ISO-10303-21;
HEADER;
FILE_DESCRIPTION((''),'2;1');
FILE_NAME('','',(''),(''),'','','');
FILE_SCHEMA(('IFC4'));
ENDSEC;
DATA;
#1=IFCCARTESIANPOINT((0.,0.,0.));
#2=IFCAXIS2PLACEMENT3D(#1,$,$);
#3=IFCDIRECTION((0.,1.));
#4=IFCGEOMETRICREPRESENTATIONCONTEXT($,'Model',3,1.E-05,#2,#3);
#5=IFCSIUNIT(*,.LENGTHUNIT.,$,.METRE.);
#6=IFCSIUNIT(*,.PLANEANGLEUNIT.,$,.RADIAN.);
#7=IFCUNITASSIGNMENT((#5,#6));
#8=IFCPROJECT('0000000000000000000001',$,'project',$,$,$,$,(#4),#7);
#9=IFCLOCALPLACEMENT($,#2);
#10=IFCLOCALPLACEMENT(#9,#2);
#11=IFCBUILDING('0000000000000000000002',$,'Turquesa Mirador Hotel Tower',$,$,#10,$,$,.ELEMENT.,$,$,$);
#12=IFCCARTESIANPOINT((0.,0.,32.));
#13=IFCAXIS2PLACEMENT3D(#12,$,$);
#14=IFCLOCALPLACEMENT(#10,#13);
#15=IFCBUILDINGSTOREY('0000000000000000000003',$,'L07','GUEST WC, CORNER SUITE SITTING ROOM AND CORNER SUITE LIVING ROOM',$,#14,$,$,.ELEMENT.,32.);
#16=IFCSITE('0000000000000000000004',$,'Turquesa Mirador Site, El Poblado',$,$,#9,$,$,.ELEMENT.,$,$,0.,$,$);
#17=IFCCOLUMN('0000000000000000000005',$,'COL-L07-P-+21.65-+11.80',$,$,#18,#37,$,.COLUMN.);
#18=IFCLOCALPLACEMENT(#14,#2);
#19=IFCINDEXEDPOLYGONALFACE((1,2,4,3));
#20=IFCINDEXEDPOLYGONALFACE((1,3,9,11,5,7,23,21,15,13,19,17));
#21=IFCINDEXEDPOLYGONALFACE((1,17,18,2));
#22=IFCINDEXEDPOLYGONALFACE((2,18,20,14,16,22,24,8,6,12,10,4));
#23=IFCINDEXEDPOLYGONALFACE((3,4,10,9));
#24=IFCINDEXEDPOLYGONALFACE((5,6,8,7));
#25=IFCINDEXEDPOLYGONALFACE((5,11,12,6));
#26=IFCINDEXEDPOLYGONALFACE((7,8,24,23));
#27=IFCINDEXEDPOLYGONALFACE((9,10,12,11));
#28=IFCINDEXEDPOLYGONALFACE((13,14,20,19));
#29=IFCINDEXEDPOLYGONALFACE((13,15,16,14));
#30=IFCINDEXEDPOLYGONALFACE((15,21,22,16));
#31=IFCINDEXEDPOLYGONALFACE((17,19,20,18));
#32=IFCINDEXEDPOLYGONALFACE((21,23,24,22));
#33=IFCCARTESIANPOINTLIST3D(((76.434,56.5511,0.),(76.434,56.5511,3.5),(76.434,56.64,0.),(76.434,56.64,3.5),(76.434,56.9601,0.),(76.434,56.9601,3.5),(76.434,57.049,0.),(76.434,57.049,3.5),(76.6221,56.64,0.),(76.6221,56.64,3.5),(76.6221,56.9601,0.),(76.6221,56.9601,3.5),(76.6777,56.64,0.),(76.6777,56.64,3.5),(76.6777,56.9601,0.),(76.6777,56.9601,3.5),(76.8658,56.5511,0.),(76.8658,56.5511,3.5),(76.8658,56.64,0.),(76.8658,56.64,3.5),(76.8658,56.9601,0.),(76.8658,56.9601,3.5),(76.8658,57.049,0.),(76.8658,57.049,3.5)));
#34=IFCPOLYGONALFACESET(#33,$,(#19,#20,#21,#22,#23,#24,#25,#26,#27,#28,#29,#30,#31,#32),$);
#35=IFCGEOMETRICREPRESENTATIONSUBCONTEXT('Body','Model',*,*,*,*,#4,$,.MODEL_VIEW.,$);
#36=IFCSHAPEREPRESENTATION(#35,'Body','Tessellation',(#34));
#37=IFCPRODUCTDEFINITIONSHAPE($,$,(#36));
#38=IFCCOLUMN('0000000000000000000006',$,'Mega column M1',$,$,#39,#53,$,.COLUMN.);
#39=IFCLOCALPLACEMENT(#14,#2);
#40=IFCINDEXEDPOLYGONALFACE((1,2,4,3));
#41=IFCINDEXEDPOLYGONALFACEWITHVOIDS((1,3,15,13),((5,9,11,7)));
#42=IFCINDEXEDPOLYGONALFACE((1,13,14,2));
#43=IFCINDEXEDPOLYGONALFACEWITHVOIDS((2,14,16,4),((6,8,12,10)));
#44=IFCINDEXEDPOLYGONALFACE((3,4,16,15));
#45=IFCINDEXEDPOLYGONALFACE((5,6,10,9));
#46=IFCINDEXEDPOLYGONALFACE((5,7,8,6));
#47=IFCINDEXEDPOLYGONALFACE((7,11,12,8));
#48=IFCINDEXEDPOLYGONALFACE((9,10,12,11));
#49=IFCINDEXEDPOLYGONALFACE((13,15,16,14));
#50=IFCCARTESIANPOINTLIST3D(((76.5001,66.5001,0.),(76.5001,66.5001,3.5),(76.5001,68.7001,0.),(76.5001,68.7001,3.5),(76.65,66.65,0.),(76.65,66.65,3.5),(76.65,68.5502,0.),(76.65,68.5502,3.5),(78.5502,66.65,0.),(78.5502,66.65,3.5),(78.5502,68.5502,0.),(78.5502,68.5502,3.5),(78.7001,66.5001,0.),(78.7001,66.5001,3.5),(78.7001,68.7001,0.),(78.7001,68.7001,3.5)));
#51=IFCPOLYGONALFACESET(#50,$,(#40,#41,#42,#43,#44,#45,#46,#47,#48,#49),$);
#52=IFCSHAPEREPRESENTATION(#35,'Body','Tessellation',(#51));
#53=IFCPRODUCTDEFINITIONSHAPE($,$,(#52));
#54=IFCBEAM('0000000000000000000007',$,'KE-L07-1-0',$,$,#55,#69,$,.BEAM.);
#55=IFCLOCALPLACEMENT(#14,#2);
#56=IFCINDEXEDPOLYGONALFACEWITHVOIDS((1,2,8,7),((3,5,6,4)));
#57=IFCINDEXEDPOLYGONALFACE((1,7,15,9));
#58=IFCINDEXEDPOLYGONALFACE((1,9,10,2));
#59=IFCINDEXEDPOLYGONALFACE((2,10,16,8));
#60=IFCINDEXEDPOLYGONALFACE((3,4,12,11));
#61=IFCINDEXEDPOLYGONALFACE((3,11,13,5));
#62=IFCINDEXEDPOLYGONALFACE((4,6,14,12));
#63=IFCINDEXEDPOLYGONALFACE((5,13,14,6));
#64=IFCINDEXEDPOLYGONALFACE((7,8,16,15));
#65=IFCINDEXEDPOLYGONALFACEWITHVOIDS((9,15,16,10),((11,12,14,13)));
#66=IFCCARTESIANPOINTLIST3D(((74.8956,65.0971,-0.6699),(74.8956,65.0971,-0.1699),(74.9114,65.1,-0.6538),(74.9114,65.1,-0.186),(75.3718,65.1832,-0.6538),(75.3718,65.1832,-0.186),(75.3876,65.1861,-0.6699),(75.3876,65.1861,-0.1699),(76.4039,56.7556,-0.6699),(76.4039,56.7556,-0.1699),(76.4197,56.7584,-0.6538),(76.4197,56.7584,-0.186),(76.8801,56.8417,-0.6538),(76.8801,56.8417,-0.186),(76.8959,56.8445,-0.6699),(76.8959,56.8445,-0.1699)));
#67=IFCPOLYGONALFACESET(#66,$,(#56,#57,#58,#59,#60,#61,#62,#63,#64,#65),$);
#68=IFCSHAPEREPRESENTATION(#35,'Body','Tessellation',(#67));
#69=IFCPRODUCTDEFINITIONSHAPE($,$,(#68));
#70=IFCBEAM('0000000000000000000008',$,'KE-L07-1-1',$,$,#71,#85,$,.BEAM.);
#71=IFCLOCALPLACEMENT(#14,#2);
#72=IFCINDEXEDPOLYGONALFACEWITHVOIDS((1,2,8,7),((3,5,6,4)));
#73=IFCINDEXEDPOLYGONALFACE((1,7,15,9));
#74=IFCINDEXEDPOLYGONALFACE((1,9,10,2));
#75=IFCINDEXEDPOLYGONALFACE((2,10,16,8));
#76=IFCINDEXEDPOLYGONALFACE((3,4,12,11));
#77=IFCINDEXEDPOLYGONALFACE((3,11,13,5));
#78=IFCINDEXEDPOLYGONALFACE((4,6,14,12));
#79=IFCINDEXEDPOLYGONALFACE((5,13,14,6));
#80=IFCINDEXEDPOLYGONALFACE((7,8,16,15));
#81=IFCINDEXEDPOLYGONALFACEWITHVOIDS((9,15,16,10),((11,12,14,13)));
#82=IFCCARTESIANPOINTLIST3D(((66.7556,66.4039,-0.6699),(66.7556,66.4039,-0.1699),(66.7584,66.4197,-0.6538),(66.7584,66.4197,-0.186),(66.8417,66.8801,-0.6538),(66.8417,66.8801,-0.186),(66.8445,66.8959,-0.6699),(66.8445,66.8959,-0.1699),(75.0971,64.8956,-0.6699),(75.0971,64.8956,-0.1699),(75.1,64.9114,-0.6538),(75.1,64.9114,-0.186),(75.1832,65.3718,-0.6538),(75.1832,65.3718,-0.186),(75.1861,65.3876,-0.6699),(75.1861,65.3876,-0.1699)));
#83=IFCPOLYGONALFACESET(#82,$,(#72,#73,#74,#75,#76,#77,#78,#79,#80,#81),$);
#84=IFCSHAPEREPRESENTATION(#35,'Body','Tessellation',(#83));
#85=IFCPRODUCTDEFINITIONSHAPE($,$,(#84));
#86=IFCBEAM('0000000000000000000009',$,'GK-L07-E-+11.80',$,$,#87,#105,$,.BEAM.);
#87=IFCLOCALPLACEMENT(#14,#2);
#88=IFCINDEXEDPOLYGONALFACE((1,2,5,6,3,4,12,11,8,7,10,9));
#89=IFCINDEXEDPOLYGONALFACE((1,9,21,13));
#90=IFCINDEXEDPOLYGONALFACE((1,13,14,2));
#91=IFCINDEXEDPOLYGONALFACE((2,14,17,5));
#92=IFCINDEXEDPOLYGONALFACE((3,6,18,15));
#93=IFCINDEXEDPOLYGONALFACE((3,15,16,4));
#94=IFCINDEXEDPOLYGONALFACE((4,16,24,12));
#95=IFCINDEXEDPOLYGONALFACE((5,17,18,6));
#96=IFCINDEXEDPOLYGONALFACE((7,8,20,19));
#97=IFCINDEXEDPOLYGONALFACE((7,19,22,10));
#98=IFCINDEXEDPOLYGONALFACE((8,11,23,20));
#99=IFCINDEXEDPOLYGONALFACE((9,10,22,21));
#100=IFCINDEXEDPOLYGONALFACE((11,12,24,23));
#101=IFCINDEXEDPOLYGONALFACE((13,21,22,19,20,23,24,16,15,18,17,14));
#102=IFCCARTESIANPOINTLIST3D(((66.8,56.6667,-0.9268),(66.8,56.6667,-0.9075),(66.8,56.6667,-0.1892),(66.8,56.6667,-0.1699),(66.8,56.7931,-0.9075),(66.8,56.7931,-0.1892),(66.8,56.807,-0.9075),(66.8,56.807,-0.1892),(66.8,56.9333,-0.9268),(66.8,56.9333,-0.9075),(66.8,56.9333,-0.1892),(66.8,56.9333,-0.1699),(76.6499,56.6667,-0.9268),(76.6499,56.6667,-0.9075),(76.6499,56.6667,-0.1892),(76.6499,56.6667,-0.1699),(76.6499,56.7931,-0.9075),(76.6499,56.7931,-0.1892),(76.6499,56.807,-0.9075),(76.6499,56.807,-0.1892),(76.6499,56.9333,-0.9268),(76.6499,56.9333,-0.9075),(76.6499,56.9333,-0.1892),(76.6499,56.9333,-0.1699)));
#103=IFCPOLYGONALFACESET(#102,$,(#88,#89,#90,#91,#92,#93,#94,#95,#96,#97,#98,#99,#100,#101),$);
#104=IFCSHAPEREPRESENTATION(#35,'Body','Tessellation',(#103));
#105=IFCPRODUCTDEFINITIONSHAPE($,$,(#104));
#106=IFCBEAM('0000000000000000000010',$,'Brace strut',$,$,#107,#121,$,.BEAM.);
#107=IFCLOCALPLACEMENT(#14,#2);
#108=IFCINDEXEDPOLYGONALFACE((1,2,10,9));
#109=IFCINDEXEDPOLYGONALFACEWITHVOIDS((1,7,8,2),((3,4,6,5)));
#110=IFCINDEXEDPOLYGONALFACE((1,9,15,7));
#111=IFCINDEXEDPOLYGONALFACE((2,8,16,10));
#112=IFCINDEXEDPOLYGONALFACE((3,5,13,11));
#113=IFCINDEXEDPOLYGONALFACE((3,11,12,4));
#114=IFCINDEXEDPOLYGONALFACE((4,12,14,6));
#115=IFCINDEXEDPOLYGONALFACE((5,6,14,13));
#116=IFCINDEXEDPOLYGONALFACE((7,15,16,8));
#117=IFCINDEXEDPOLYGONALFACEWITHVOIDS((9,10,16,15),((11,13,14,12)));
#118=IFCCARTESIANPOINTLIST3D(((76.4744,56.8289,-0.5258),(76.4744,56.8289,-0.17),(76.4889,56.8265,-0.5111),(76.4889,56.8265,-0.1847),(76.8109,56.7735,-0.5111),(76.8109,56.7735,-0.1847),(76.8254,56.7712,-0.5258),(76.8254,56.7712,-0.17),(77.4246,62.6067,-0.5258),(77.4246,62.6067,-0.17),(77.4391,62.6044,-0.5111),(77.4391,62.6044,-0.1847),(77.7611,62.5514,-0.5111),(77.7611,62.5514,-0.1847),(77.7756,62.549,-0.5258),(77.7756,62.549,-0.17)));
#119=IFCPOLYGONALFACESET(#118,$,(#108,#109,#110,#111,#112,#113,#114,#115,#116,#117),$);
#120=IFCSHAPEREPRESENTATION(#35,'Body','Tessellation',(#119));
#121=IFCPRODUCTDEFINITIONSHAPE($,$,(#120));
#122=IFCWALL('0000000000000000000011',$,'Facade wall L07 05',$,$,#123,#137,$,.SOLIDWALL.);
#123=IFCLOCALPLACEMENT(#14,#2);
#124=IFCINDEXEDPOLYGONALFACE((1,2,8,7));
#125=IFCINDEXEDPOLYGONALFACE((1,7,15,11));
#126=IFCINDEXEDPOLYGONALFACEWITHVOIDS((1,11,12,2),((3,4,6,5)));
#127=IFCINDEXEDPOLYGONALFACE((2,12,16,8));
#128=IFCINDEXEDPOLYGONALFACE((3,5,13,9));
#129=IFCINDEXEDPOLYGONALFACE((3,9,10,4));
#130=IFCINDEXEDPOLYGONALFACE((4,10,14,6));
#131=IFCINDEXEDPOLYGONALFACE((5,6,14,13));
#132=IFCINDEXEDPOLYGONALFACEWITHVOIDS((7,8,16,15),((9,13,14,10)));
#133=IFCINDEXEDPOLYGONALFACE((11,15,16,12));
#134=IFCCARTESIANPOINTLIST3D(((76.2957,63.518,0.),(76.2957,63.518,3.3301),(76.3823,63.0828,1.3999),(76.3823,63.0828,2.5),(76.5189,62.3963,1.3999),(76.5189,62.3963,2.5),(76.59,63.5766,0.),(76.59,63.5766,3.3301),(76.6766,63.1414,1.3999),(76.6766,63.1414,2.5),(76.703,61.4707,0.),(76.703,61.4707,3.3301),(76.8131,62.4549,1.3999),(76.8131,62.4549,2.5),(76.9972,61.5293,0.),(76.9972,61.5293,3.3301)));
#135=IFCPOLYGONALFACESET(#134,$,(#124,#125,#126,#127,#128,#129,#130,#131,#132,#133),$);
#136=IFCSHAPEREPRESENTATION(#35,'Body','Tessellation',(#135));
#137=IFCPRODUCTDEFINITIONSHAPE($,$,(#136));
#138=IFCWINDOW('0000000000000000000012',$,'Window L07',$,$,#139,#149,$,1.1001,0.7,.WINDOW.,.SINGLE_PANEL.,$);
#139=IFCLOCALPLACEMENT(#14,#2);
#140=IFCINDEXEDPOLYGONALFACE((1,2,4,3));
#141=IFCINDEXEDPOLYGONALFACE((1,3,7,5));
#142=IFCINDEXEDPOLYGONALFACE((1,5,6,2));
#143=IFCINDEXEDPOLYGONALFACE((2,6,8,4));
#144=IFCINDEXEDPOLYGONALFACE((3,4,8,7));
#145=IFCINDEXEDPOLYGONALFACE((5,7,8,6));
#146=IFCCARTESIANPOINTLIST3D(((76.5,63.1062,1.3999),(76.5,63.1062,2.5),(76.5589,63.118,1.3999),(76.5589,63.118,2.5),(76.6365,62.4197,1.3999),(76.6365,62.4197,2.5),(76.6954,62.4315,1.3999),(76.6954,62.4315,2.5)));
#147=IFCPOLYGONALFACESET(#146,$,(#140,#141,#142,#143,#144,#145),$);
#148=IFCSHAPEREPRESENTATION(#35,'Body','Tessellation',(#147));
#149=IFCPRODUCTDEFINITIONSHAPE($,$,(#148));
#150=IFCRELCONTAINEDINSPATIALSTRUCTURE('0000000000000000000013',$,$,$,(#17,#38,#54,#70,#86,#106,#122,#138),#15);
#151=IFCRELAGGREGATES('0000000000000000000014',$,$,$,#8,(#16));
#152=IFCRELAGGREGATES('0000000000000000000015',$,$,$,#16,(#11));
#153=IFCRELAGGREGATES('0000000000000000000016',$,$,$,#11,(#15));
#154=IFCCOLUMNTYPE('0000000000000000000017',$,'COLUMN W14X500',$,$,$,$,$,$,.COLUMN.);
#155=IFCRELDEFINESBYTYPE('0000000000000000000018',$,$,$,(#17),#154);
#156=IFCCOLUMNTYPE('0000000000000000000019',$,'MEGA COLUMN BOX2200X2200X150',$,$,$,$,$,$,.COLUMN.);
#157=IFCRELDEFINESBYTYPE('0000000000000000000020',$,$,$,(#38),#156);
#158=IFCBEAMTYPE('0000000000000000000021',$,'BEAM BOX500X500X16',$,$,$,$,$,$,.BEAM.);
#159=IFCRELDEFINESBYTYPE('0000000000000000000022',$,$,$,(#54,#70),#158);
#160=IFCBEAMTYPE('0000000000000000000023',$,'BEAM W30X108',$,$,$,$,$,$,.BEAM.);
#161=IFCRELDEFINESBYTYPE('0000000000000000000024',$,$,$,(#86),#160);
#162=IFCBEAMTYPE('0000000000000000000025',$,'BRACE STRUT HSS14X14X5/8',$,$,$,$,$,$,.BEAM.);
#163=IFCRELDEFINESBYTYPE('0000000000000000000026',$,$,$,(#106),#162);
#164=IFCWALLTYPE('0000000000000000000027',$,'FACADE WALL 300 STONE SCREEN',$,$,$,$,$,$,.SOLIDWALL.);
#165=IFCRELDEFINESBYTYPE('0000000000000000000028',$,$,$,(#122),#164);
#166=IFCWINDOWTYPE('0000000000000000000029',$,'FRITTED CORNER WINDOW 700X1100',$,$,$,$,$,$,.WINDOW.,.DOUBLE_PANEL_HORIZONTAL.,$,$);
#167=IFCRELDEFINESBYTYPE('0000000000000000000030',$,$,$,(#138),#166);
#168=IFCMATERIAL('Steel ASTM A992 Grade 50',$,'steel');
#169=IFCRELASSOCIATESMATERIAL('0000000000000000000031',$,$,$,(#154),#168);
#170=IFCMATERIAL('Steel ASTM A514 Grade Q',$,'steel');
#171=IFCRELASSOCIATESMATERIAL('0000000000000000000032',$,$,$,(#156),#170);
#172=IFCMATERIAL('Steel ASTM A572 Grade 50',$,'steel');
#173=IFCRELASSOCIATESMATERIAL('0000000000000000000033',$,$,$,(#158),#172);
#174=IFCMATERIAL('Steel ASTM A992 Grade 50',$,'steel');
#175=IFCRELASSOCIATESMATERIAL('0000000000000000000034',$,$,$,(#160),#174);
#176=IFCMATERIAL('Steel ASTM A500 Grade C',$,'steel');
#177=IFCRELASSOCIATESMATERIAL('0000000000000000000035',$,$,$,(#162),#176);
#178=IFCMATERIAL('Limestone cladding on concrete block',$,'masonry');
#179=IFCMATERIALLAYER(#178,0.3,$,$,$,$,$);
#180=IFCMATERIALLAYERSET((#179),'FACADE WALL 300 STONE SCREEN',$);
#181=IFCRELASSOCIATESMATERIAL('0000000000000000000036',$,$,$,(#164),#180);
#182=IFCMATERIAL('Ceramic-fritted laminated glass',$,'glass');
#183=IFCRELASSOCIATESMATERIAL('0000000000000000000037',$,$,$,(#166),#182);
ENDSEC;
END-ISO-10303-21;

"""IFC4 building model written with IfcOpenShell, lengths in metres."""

from ifc_helpers import new_model, si_unit, direction, frame, frame_2d, origin, origin_2d, place, context, subcontext, project, spatial, rectangle, hollow_rectangle, i_section, extrude, material, layer, layer_set, material_profile, profile_set, type_object, element, fill, save


model = new_model("IFC4")

# Units and contexts
model_context = context("Model", 3, precision=1e-05, world=origin(), true_north=direction((0.0, 1.0)))
body_context = subcontext(model_context, "Body", "Model", "MODEL_VIEW")
ifc_project = project(units=[si_unit("LENGTHUNIT", "METRE"), si_unit("PLANEANGLEUNIT", "RADIAN")], contexts=[model_context])

# Site, building, storey
site_placement = place(None, origin())
site = spatial("IfcSite", under=ifc_project, at=site_placement, Name="Turquesa Mirador Site, El Poblado", CompositionType="ELEMENT", RefElevation=0.0)
building_placement = place(site_placement, origin())
building = spatial("IfcBuilding", under=site, at=building_placement, Name="Turquesa Mirador Hotel Tower", CompositionType="ELEMENT")
storey_placement = place(building_placement, frame((0.0, 0.0, 32.0)))
storey = spatial("IfcBuildingStorey", under=building, at=storey_placement, Name="L07", Description="GUEST WC, CORNER SUITE SITTING ROOM AND CORNER SUITE LIVING ROOM", CompositionType="ELEMENT", Elevation=32.0)

# Columns
ifc_material_1 = material(Name="Steel ASTM A992 Grade 50", Category="steel")
ifc_material_profile_1 = material_profile(ifc_material_1, i_section(OverallWidth=0.4319, OverallDepth=0.4978, WebThickness=0.0557, FlangeThickness=0.0889, at=origin_2d()), Name="W14X500")
ifc_profile_set_1 = profile_set([ifc_material_profile_1], Name="Steel ASTM A992 Grade 50")
column_type_1 = type_object("IfcColumnType", Name="COLUMN W14X500", PredefinedType="COLUMN", material=ifc_profile_set_1)
column_1_placement = place(storey_placement, frame((76.6499, 56.8, 0.0), z_axis=(0.0, 0.0, 1.0), x_axis=(1.0, 0.0, 0.0)))
element("IfcColumn", 1, at=column_1_placement, inside=storey, type_object=column_type_1, Name="COL-L07-P-+21.65-+11.80", PredefinedType="COLUMN", context=body_context, shape_type="SweptSolid", body=[
    extrude(i_section(OverallWidth=0.4319, OverallDepth=0.4978, WebThickness=0.0557, FlangeThickness=0.0889, at=origin_2d()), origin(), (0.0, 0.0, 1.0), 3.5),
])
ifc_material_2 = material(Name="Steel ASTM A514 Grade Q", Category="steel")
ifc_material_profile_2 = material_profile(ifc_material_2, hollow_rectangle(XDim=2.2, YDim=2.2, WallThickness=0.1499, at=origin_2d()), Name="BOX2200X2200X150")
ifc_profile_set_2 = profile_set([ifc_material_profile_2], Name="Steel ASTM A514 Grade Q")
column_type_2 = type_object("IfcColumnType", Name="MEGA COLUMN BOX2200X2200X150", PredefinedType="COLUMN", material=ifc_profile_set_2)
column_2_placement = place(storey_placement, frame((77.6001, 67.6001, 0.0), z_axis=(0.0, 0.0, 1.0), x_axis=(1.0, 0.0, 0.0)))
element("IfcColumn", 2, at=column_2_placement, inside=storey, type_object=column_type_2, Name="Mega column M1", PredefinedType="COLUMN", context=body_context, shape_type="SweptSolid", body=[
    extrude(hollow_rectangle(XDim=2.2, YDim=2.2, WallThickness=0.1499, at=origin_2d()), origin(), (0.0, 0.0, 1.0), 3.5),
])

# Beams
ifc_material_3 = material(Name="Steel ASTM A572 Grade 50", Category="steel")
ifc_material_profile_3 = material_profile(ifc_material_3, hollow_rectangle(XDim=0.5, YDim=0.5, WallThickness=0.0161, at=origin_2d()), Name="BOX500X500X16")
ifc_profile_set_3 = profile_set([ifc_material_profile_3], Name="Steel ASTM A572 Grade 50")
beam_type_1 = type_object("IfcBeamType", Name="BEAM BOX500X500X16", PredefinedType="BEAM", material=ifc_profile_set_3)
for number, where, z_axis, x_axis, name in (
    (3, (76.6499, 56.8, -0.4199), (-0.177932, 0.984043, 0.0), (-0.984043, -0.177932, 0.0), "KE-L07-1-0"),
    (4, (75.1416, 65.1416, -0.4199), (-0.984043, 0.177932, 0.0), (-0.177932, -0.984043, 0.0), "KE-L07-1-1"),
):
    element("IfcBeam", number, at=place(storey_placement, frame(where, z_axis=z_axis, x_axis=x_axis)), inside=storey, type_object=beam_type_1, Name=name, PredefinedType="BEAM", context=body_context, shape_type="SweptSolid", body=[
        extrude(hollow_rectangle(XDim=0.5, YDim=0.5, WallThickness=0.0161, at=origin_2d()), origin(), (0.0, 0.0, 1.0), 8.4768),
    ])
ifc_material_4 = material(Name="Steel ASTM A992 Grade 50", Category="steel")
ifc_material_profile_4 = material_profile(ifc_material_4, i_section(OverallWidth=0.2666, OverallDepth=0.7568, WebThickness=0.0139, FlangeThickness=0.0193, at=origin_2d()), Name="W30X108")
ifc_profile_set_4 = profile_set([ifc_material_profile_4], Name="Steel ASTM A992 Grade 50")
beam_type_2 = type_object("IfcBeamType", Name="BEAM W30X108", PredefinedType="BEAM", material=ifc_profile_set_4)
beam_1_placement = place(storey_placement, frame((76.6499, 56.8, -0.5483), z_axis=(-1.0, 0.0, 0.0), x_axis=(0.0, -1.0, 0.0)))
element("IfcBeam", 5, at=beam_1_placement, inside=storey, type_object=beam_type_2, Name="GK-L07-E-+11.80", PredefinedType="BEAM", context=body_context, shape_type="SweptSolid", body=[
    extrude(i_section(OverallWidth=0.2666, OverallDepth=0.7568, WebThickness=0.0139, FlangeThickness=0.0193, at=origin_2d()), origin(), (0.0, 0.0, 1.0), 9.8499),
])
ifc_material_5 = material(Name="Steel ASTM A500 Grade C", Category="steel")
ifc_material_profile_5 = material_profile(ifc_material_5, hollow_rectangle(XDim=0.3557, YDim=0.3557, WallThickness=0.0146, at=origin_2d()), Name="HSS14X14X5/8")
ifc_profile_set_5 = profile_set([ifc_material_profile_5], Name="Steel ASTM A500 Grade C")
beam_type_3 = type_object("IfcBeamType", Name="BRACE STRUT HSS14X14X5/8", PredefinedType="BEAM", material=ifc_profile_set_5)
beam_2_placement = place(storey_placement, frame((77.6001, 62.5779, -0.3479), z_axis=(-0.162276, -0.986745, 0.0), x_axis=(0.986745, -0.162276, 0.0)))
element("IfcBeam", 6, at=beam_2_placement, inside=storey, type_object=beam_type_3, Name="Brace strut", PredefinedType="BEAM", context=body_context, shape_type="SweptSolid", body=[
    extrude(hollow_rectangle(XDim=0.3557, YDim=0.3557, WallThickness=0.0146, at=origin_2d()), origin(), (0.0, 0.0, 1.0), 5.8555),
])

# Wall, opening, window
ifc_material_6 = material(Name="Limestone cladding on concrete block", Category="masonry")
ifc_layer = layer(ifc_material_6, 0.3)
ifc_layer_set = layer_set([ifc_layer], Name="FACADE WALL 300 STONE SCREEN")
wall_type = type_object("IfcWallType", Name="FACADE WALL 300 STONE SCREEN", PredefinedType="SOLIDWALL", material=ifc_layer_set)
wall_1_placement = place(storey_placement, frame((76.8501, 61.5, 0.0), z_axis=(0.0, 0.0, 1.0), x_axis=(-0.195081, 0.980787, 0.0)))
wall_1 = element("IfcWall", 7, at=wall_1_placement, inside=storey, type_object=wall_type, Name="Facade wall L07 05", PredefinedType="SOLIDWALL", context=body_context, shape_type="SweptSolid", body=[
    extrude(rectangle(XDim=2.0874, YDim=0.3, at=frame_2d((1.0437, 0.0))), origin(), (0.0, 0.0, 1.0), 3.3301),
])
opening_1_placement = place(wall_1_placement, frame((0.9436, 0.0, 1.3999)))
opening_1 = element("IfcOpeningElement", 8, at=opening_1_placement, cuts=wall_1, PredefinedType="OPENING", context=body_context, shape_type="SweptSolid", body=[
    extrude(rectangle(XDim=0.7, YDim=1.1001, at=frame_2d((0.3501, 0.55))), frame((0.0, 0.1599, 0.0), z_axis=(0.0, -1.0, 0.0), x_axis=(1.0, 0.0, 0.0)), (0.0, 0.0, 1.0), 0.3201),
])
ifc_material_7 = material(Name="Ceramic-fritted laminated glass", Category="glass")
window_type_1 = type_object("IfcWindowType", Name="FRITTED CORNER WINDOW 700X1100", PartitioningType="DOUBLE_PANEL_HORIZONTAL", PredefinedType="WINDOW", material=ifc_material_7)
window_1_placement = place(opening_1_placement, origin())
window_1 = element("IfcWindow", 9, at=window_1_placement, inside=storey, type_object=window_type_1, Name="Window L07", OverallHeight=1.1001, OverallWidth=0.7, PartitioningType="SINGLE_PANEL", PredefinedType="WINDOW", context=body_context, shape_type="SweptSolid", body=[
    extrude(rectangle(XDim=0.7, YDim=1.1001, at=frame_2d((0.3501, 0.55))), frame((0.0, 0.03, 0.0), z_axis=(0.0, -1.0, 0.0), x_axis=(1.0, 0.0, 0.0)), (0.0, 0.0, 1.0), 0.0601),
])
fill(opening_1, window_1)

save(model, "model.ifc")
